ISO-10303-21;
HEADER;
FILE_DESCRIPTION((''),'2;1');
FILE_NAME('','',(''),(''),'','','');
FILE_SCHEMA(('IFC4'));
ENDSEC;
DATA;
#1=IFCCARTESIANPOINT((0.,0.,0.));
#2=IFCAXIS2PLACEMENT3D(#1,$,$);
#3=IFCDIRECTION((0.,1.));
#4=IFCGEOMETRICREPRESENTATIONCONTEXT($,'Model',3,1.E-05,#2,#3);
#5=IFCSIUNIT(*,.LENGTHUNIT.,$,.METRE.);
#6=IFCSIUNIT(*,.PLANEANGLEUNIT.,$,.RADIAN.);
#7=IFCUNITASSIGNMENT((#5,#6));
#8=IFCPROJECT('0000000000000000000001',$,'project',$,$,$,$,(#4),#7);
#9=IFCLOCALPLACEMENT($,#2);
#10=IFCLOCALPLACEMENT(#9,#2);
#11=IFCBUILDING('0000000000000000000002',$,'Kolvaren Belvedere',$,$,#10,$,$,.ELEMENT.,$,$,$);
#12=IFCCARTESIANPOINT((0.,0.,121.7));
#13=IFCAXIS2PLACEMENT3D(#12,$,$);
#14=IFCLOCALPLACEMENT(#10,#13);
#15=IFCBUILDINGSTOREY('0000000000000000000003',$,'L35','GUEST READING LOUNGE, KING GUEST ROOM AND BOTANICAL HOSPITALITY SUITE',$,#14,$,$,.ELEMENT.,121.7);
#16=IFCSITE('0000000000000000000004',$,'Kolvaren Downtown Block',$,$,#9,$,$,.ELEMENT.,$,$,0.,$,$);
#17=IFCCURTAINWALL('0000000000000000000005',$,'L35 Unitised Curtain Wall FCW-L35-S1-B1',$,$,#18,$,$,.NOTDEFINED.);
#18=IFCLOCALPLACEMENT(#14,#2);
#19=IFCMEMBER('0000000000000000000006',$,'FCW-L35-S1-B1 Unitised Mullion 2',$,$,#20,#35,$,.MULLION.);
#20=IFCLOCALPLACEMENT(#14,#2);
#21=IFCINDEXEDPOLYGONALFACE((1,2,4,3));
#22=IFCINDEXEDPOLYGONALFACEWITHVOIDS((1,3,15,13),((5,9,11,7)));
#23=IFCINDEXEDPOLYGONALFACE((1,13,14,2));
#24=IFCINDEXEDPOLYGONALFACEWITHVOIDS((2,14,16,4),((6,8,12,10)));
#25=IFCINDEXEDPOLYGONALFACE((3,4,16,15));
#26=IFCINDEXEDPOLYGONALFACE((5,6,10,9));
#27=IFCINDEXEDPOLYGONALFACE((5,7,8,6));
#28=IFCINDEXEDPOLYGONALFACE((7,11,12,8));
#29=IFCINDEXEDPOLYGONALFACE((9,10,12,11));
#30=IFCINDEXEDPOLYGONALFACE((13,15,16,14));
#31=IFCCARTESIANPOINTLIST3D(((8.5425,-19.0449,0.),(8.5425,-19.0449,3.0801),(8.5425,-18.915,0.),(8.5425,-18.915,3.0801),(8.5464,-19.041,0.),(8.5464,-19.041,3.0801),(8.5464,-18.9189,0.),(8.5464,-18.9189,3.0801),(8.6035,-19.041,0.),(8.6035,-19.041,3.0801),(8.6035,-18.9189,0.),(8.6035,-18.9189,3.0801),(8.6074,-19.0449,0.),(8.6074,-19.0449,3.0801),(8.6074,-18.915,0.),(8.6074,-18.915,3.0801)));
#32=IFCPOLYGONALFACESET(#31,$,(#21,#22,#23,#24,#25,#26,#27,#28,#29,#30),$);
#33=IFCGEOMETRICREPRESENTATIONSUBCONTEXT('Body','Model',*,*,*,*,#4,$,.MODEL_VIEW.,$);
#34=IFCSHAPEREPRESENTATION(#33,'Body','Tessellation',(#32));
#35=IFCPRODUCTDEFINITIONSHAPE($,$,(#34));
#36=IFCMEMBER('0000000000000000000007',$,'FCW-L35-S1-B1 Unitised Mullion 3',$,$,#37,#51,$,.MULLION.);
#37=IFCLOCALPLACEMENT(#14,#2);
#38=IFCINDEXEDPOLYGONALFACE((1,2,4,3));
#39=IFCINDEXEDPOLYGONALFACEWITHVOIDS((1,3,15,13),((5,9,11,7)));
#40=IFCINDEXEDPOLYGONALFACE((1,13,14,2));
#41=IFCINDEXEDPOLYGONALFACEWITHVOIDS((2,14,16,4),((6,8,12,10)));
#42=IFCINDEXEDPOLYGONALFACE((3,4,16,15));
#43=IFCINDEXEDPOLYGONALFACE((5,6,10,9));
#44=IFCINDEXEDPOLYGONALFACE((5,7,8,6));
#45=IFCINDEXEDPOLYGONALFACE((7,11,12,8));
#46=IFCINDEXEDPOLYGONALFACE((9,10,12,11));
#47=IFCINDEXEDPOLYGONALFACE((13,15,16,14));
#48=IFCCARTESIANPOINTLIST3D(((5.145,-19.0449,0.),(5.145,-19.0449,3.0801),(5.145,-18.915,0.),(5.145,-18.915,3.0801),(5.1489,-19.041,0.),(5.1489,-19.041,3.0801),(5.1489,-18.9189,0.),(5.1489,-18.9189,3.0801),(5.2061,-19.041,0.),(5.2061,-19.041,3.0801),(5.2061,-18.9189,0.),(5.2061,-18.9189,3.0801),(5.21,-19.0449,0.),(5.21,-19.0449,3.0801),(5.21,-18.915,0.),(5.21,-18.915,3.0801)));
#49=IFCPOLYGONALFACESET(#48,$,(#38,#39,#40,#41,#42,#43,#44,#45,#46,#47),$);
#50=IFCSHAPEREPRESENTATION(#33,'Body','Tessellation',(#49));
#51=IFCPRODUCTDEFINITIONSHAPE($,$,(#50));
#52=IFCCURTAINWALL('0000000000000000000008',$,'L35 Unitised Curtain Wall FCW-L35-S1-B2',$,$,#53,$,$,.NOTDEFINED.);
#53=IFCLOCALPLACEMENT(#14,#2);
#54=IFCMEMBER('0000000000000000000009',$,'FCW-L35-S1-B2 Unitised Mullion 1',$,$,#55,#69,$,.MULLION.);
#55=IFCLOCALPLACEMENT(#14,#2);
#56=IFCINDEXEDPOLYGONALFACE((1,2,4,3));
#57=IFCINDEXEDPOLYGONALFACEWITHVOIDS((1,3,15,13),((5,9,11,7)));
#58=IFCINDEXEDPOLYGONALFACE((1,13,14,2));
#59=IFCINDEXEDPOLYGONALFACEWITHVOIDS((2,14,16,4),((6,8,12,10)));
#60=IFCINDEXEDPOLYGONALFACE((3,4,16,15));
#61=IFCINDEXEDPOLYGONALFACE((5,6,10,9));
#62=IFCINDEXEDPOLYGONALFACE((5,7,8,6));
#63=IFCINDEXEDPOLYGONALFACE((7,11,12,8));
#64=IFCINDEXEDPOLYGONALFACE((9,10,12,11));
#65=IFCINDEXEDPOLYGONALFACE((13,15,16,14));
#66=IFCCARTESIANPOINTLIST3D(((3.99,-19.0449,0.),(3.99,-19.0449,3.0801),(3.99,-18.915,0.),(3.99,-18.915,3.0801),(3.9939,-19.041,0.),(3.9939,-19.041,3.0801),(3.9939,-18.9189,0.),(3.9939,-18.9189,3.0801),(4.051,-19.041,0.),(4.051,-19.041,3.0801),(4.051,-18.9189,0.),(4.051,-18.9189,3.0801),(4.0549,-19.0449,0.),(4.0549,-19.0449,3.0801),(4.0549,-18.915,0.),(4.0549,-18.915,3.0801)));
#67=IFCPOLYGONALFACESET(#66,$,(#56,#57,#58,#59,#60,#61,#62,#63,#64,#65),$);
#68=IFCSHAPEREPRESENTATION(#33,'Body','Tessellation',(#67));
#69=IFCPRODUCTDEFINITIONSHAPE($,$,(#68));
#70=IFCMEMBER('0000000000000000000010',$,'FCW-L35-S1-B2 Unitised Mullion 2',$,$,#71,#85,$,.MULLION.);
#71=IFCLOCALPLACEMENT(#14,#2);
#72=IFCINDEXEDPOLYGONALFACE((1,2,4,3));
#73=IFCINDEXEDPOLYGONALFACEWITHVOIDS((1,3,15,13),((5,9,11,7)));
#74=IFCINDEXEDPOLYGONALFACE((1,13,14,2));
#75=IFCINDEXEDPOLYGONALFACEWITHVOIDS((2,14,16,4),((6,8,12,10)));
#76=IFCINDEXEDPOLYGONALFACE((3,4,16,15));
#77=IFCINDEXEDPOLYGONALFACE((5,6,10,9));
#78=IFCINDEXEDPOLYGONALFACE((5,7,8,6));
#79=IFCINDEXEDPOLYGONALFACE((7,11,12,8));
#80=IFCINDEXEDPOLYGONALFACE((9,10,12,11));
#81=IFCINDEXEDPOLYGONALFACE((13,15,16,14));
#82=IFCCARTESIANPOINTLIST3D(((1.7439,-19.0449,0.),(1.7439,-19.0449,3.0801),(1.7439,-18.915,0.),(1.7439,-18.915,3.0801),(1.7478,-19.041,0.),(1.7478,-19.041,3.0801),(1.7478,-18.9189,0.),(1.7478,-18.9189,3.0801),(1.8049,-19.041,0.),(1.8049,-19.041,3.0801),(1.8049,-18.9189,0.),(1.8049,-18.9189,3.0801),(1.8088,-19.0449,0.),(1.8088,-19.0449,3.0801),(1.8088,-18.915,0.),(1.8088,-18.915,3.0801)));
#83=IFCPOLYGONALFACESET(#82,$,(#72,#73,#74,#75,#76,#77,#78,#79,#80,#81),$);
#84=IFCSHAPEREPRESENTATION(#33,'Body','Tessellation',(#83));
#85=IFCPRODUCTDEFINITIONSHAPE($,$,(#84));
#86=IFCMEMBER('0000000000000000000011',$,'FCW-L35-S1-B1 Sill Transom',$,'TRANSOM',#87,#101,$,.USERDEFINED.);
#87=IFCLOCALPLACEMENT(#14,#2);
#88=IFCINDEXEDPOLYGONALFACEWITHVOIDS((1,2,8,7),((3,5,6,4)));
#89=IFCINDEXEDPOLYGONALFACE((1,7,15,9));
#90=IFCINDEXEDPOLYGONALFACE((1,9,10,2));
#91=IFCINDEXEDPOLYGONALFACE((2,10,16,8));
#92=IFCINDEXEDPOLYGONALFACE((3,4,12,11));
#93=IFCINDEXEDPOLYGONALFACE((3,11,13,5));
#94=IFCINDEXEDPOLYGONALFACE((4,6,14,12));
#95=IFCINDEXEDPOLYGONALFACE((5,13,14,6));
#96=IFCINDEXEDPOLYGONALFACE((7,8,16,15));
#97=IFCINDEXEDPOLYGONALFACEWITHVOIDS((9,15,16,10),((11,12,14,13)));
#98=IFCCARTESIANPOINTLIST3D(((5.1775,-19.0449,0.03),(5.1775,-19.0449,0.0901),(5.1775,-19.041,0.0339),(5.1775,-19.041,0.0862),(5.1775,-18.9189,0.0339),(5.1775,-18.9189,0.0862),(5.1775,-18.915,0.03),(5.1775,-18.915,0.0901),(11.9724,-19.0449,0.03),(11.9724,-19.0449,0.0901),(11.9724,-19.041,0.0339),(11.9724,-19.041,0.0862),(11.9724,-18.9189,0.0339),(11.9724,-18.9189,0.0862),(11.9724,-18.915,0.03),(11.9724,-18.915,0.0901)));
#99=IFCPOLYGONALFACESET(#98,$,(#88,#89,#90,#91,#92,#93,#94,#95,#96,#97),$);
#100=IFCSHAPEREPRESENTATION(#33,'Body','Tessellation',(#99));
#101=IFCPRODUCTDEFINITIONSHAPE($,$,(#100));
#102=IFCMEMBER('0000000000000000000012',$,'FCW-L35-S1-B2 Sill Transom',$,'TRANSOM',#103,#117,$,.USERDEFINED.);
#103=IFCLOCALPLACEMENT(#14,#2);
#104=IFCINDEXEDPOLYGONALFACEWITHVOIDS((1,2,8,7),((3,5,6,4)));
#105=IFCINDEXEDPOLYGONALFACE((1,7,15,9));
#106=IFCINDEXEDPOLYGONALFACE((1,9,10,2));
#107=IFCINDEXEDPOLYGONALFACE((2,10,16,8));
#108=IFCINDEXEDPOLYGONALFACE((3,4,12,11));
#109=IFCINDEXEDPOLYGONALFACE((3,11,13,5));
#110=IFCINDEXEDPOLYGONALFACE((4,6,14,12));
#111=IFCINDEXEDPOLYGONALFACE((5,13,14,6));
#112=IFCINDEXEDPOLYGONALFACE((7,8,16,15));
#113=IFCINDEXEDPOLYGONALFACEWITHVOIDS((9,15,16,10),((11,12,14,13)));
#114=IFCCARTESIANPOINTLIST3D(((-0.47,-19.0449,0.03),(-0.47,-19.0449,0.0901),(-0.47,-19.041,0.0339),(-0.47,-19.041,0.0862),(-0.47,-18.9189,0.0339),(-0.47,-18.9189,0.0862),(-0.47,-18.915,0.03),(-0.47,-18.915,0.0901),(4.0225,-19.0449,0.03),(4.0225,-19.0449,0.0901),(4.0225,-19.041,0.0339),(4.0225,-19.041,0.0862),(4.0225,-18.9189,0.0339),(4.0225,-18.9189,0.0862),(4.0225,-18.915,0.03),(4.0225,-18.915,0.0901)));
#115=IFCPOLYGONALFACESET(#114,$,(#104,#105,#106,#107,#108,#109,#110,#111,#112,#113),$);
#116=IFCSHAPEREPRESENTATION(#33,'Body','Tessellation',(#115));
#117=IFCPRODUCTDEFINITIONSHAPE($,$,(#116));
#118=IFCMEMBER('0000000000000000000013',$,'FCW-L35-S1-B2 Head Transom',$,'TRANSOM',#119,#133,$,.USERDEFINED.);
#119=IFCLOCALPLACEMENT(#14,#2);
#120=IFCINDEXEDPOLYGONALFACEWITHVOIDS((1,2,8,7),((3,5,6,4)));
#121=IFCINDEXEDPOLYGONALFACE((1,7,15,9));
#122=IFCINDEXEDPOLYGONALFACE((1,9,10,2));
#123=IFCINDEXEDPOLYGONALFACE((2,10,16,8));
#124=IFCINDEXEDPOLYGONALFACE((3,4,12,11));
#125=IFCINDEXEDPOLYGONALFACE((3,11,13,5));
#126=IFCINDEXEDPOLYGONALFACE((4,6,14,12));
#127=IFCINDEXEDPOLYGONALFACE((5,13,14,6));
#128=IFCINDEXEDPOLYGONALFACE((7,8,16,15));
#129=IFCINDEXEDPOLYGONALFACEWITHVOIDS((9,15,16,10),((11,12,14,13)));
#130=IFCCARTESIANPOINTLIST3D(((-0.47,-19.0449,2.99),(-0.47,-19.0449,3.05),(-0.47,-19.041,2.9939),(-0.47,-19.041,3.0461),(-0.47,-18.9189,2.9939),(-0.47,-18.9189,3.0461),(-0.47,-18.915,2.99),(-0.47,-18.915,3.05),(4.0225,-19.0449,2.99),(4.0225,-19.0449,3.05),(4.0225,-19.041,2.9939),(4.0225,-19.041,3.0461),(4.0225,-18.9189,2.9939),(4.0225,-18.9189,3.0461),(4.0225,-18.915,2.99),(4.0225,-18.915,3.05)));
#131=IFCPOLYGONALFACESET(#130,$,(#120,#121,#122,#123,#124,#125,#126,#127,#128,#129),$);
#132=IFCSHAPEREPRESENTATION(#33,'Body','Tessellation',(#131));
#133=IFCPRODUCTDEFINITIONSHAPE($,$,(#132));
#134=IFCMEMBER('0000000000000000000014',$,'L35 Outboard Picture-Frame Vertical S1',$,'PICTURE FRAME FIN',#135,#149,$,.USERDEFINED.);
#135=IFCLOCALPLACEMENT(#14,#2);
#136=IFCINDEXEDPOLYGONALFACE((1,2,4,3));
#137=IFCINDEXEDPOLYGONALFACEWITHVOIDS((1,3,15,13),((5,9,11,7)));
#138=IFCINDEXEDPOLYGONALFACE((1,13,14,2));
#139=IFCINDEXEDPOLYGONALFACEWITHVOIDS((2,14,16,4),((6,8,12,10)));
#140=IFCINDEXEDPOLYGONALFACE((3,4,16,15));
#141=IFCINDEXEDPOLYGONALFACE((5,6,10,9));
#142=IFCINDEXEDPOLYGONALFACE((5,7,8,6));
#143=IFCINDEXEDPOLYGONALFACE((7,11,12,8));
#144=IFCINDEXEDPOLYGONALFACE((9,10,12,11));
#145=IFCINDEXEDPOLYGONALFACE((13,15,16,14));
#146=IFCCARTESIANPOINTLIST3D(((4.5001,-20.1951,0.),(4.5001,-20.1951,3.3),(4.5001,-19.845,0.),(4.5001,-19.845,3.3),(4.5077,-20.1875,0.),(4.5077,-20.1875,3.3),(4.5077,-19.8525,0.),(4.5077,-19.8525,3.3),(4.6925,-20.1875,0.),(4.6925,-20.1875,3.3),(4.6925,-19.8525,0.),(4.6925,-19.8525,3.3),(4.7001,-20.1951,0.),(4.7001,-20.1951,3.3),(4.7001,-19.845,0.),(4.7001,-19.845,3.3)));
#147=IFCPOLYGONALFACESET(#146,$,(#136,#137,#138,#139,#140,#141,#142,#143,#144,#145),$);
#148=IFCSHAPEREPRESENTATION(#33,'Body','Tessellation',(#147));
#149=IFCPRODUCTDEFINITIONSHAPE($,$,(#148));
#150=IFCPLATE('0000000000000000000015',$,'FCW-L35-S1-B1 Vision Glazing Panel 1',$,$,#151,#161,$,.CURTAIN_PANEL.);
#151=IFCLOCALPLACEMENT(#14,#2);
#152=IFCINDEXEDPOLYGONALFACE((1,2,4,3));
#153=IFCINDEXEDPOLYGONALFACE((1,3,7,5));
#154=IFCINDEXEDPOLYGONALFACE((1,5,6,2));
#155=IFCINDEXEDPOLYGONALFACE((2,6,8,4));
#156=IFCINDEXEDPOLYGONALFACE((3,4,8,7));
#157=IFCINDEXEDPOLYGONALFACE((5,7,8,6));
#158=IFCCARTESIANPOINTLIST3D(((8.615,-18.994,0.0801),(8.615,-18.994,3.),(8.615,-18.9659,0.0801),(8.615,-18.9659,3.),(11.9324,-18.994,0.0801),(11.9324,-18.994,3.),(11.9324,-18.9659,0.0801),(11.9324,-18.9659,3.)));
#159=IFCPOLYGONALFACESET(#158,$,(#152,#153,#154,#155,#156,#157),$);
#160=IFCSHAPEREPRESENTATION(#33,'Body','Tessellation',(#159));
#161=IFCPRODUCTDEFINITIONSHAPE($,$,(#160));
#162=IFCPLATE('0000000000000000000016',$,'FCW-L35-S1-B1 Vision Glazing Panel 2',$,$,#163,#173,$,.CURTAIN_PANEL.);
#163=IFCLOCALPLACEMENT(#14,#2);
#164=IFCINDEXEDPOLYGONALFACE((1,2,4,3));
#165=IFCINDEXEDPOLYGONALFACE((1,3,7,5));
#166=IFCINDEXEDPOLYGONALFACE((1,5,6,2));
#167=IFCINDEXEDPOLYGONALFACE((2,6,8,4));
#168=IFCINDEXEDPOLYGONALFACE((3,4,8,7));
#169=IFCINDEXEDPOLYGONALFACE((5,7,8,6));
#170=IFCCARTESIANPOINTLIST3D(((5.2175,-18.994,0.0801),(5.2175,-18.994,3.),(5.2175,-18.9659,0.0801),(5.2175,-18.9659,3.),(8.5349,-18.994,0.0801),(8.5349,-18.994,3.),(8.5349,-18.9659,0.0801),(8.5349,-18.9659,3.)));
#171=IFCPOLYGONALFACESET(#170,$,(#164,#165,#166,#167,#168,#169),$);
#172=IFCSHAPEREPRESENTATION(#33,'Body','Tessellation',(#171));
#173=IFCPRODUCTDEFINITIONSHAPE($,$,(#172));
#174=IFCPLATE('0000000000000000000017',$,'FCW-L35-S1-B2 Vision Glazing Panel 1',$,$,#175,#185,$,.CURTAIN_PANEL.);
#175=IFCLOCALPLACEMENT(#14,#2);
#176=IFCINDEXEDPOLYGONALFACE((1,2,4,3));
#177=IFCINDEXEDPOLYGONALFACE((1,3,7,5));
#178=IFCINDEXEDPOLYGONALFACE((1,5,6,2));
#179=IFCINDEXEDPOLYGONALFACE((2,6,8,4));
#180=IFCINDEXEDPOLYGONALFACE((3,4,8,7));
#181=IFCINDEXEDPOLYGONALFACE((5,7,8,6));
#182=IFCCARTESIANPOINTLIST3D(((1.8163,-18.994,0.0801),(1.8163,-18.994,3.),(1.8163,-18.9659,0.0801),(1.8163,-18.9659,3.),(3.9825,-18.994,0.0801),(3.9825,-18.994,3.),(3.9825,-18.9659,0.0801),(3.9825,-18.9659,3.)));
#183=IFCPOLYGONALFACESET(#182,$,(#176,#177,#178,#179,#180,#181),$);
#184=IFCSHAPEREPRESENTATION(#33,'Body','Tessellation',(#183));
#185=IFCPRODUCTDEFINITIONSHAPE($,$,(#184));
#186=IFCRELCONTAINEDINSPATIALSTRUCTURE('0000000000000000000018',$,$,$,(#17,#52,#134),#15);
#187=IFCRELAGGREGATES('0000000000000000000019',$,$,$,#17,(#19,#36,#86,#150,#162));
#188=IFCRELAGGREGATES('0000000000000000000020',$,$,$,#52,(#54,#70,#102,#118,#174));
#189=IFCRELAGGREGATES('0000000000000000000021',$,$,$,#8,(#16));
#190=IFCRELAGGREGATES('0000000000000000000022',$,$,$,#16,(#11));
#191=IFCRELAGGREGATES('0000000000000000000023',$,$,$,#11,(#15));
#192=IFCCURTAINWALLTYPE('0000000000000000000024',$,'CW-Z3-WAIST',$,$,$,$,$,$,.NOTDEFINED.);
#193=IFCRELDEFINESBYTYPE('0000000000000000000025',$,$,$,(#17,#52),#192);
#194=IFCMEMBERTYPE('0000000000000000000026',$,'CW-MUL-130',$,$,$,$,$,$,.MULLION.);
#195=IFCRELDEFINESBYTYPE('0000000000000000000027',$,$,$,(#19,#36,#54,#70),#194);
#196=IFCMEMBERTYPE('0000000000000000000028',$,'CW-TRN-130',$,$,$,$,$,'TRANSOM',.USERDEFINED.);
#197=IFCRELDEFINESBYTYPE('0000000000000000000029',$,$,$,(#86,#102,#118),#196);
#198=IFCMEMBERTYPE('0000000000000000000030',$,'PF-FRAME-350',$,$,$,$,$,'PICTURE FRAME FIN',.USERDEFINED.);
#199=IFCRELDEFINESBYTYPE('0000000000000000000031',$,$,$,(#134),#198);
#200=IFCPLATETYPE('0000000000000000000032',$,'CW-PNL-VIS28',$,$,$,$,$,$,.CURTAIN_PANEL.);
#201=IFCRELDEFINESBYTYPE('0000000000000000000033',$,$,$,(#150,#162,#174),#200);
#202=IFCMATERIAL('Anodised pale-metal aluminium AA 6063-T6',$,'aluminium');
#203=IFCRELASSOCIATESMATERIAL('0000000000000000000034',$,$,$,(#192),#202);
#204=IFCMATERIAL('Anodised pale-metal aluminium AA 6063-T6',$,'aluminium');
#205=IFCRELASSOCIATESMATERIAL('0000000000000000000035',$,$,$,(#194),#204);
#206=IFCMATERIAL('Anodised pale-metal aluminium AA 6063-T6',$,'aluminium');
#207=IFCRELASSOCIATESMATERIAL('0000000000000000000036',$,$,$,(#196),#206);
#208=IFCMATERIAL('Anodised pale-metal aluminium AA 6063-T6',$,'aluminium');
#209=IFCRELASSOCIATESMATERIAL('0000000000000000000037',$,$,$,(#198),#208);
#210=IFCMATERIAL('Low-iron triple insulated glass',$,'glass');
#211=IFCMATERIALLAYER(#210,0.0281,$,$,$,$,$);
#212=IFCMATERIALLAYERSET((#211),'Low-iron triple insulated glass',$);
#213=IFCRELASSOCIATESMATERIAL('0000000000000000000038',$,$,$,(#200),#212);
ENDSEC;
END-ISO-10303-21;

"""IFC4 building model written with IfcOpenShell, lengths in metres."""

from ifc_helpers import new_model, si_unit, direction, frame, origin, origin_2d, place, context, subcontext, project, spatial, rectangle, hollow_rectangle, extrude, material, layer, layer_set, material_profile, profile_set, type_object, element, aggregate, save


model = new_model("IFC4")

# Units and contexts
model_context = context("Model", 3, precision=1e-05, world=origin(), true_north=direction((0.0, 1.0)))
body_context = subcontext(model_context, "Body", "Model", "MODEL_VIEW")
ifc_project = project(units=[si_unit("LENGTHUNIT", "METRE"), si_unit("PLANEANGLEUNIT", "RADIAN")], contexts=[model_context])

# Site, building, storey
site_placement = place(None, origin())
site = spatial("IfcSite", under=ifc_project, at=site_placement, Name="Kolvaren Downtown Block", CompositionType="ELEMENT", RefElevation=0.0)
building_placement = place(site_placement, origin())
building = spatial("IfcBuilding", under=site, at=building_placement, Name="Kolvaren Belvedere", CompositionType="ELEMENT")
storey_placement = place(building_placement, frame((0.0, 0.0, 121.7)))
storey = spatial("IfcBuildingStorey", under=building, at=storey_placement, Name="L35", Description="GUEST READING LOUNGE, KING GUEST ROOM AND BOTANICAL HOSPITALITY SUITE", CompositionType="ELEMENT", Elevation=121.7)

# Curtain walls, members
ifc_material_1 = material(Name="Anodised pale-metal aluminium AA 6063-T6", Category="aluminium")
curtain_wall_type = type_object("IfcCurtainWallType", Name="CW-Z3-WAIST", PredefinedType="NOTDEFINED", material=ifc_material_1)
curtain_wall_1_placement = place(storey_placement, origin())
curtain_wall_1 = element("IfcCurtainWall", 1, at=curtain_wall_1_placement, inside=storey, type_object=curtain_wall_type, Name="L35 Unitised Curtain Wall FCW-L35-S1-B1", PredefinedType="NOTDEFINED")
ifc_material_2 = material(Name="Anodised pale-metal aluminium AA 6063-T6", Category="aluminium")
ifc_material_profile_1 = material_profile(ifc_material_2, hollow_rectangle(XDim=0.0649, YDim=0.1299, WallThickness=0.0039, at=origin_2d()), Name="ALU-MUL-130X65")
ifc_profile_set_1 = profile_set([ifc_material_profile_1], Name="Anodised pale-metal aluminium AA 6063-T6")
member_type_1 = type_object("IfcMemberType", Name="CW-MUL-130", PredefinedType="MULLION", material=ifc_profile_set_1)
member_1_placement = place(storey_placement, frame((8.575, -18.98, 0.0), z_axis=(0.0, 0.0, 1.0), x_axis=(1.0, 0.0, 0.0)))
member_1 = element("IfcMember", 2, at=member_1_placement, type_object=member_type_1, Name="FCW-L35-S1-B1 Unitised Mullion 2", PredefinedType="MULLION", context=body_context, shape_type="SweptSolid", body=[
    extrude(hollow_rectangle(XDim=0.0649, YDim=0.1299, WallThickness=0.0039, at=origin_2d()), origin(), (0.0, 0.0, 1.0), 3.0801),
])
member_2_placement = place(storey_placement, frame((5.1775, -18.98, 0.0), z_axis=(0.0, 0.0, 1.0), x_axis=(1.0, 0.0, 0.0)))
member_2 = element("IfcMember", 3, at=member_2_placement, type_object=member_type_1, Name="FCW-L35-S1-B1 Unitised Mullion 3", PredefinedType="MULLION", context=body_context, shape_type="SweptSolid", body=[
    extrude(hollow_rectangle(XDim=0.0649, YDim=0.1299, WallThickness=0.0039, at=origin_2d()), origin(), (0.0, 0.0, 1.0), 3.0801),
])
curtain_wall_2_placement = place(storey_placement, origin())
curtain_wall_2 = element("IfcCurtainWall", 4, at=curtain_wall_2_placement, inside=storey, type_object=curtain_wall_type, Name="L35 Unitised Curtain Wall FCW-L35-S1-B2", PredefinedType="NOTDEFINED")
member_3_placement = place(storey_placement, frame((4.0225, -18.98, 0.0), z_axis=(0.0, 0.0, 1.0), x_axis=(1.0, 0.0, 0.0)))
member_3 = element("IfcMember", 5, at=member_3_placement, type_object=member_type_1, Name="FCW-L35-S1-B2 Unitised Mullion 1", PredefinedType="MULLION", context=body_context, shape_type="SweptSolid", body=[
    extrude(hollow_rectangle(XDim=0.0649, YDim=0.1299, WallThickness=0.0039, at=origin_2d()), origin(), (0.0, 0.0, 1.0), 3.0801),
])
member_4_placement = place(storey_placement, frame((1.7764, -18.98, 0.0), z_axis=(0.0, 0.0, 1.0), x_axis=(1.0, 0.0, 0.0)))
member_4 = element("IfcMember", 6, at=member_4_placement, type_object=member_type_1, Name="FCW-L35-S1-B2 Unitised Mullion 2", PredefinedType="MULLION", context=body_context, shape_type="SweptSolid", body=[
    extrude(hollow_rectangle(XDim=0.0649, YDim=0.1299, WallThickness=0.0039, at=origin_2d()), origin(), (0.0, 0.0, 1.0), 3.0801),
])

# Members
ifc_material_3 = material(Name="Anodised pale-metal aluminium AA 6063-T6", Category="aluminium")
ifc_material_profile_2 = material_profile(ifc_material_3, hollow_rectangle(XDim=0.0601, YDim=0.1299, WallThickness=0.0039, at=origin_2d()), Name="ALU-TRN-130X60")
ifc_profile_set_2 = profile_set([ifc_material_profile_2], Name="Anodised pale-metal aluminium AA 6063-T6")
member_type_2 = type_object("IfcMemberType", Name="CW-TRN-130", ElementType="TRANSOM", PredefinedType="USERDEFINED", material=ifc_profile_set_2)
member_5_placement = place(storey_placement, frame((11.9724, -18.98, 0.0601), z_axis=(-1.0, 0.0, 0.0), x_axis=(0.0, 0.0, 1.0)))
member_5 = element("IfcMember", 7, at=member_5_placement, type_object=member_type_2, Name="FCW-L35-S1-B1 Sill Transom", ObjectType="TRANSOM", PredefinedType="USERDEFINED", context=body_context, shape_type="SweptSolid", body=[
    extrude(hollow_rectangle(XDim=0.0601, YDim=0.1299, WallThickness=0.0039, at=origin_2d()), origin(), (0.0, 0.0, 1.0), 6.7949),
])
member_6_placement = place(storey_placement, frame((4.0225, -18.98, 0.0601), z_axis=(-1.0, 0.0, 0.0), x_axis=(0.0, 0.0, 1.0)))
member_6 = element("IfcMember", 8, at=member_6_placement, type_object=member_type_2, Name="FCW-L35-S1-B2 Sill Transom", ObjectType="TRANSOM", PredefinedType="USERDEFINED", context=body_context, shape_type="SweptSolid", body=[
    extrude(hollow_rectangle(XDim=0.0601, YDim=0.1299, WallThickness=0.0039, at=origin_2d()), origin(), (0.0, 0.0, 1.0), 4.4924),
])
member_7_placement = place(storey_placement, frame((4.0225, -18.98, 3.02), z_axis=(-1.0, 0.0, 0.0), x_axis=(0.0, 0.0, 1.0)))
member_7 = element("IfcMember", 9, at=member_7_placement, type_object=member_type_2, Name="FCW-L35-S1-B2 Head Transom", ObjectType="TRANSOM", PredefinedType="USERDEFINED", context=body_context, shape_type="SweptSolid", body=[
    extrude(hollow_rectangle(XDim=0.0601, YDim=0.1299, WallThickness=0.0039, at=origin_2d()), origin(), (0.0, 0.0, 1.0), 4.4924),
])
ifc_material_4 = material(Name="Anodised pale-metal aluminium AA 6063-T6", Category="aluminium")
ifc_material_profile_3 = material_profile(ifc_material_4, hollow_rectangle(XDim=0.2, YDim=0.3501, WallThickness=0.0076, at=origin_2d()), Name="ALU-PF-350X200")
ifc_profile_set_3 = profile_set([ifc_material_profile_3], Name="Anodised pale-metal aluminium AA 6063-T6")
member_type_3 = type_object("IfcMemberType", Name="PF-FRAME-350", ElementType="PICTURE FRAME FIN", PredefinedType="USERDEFINED", material=ifc_profile_set_3)
member_8_placement = place(storey_placement, frame((4.6001, -20.02, 0.0), z_axis=(0.0, 0.0, 1.0), x_axis=(1.0, 0.0, 0.0)))
element("IfcMember", 10, at=member_8_placement, inside=storey, type_object=member_type_3, Name="L35 Outboard Picture-Frame Vertical S1", ObjectType="PICTURE FRAME FIN", PredefinedType="USERDEFINED", context=body_context, shape_type="SweptSolid", body=[
    extrude(hollow_rectangle(XDim=0.2, YDim=0.3501, WallThickness=0.0076, at=origin_2d()), origin(), (0.0, 0.0, 1.0), 3.3),
])

# Plates
ifc_material_5 = material(Name="Low-iron triple insulated glass", Category="glass")
ifc_layer_1 = layer(ifc_material_5, 0.0281)
ifc_layer_set_1 = layer_set([ifc_layer_1], Name="Low-iron triple insulated glass")
plate_type_1 = type_object("IfcPlateType", Name="CW-PNL-VIS28", PredefinedType="CURTAIN_PANEL", material=ifc_layer_set_1)
plate_1_placement = place(storey_placement, frame((10.2737, -18.98, 0.0801), z_axis=(0.0, 0.0, 1.0), x_axis=(-1.0, 0.0, 0.0)))
plate_1 = element("IfcPlate", 11, at=plate_1_placement, type_object=plate_type_1, Name="FCW-L35-S1-B1 Vision Glazing Panel 1", PredefinedType="CURTAIN_PANEL", context=body_context, shape_type="SweptSolid", body=[
    extrude(rectangle(XDim=3.3174, YDim=0.0281, at=origin_2d()), origin(), (0.0, 0.0, 1.0), 2.9199),
])
plate_2_placement = place(storey_placement, frame((6.8762, -18.98, 0.0801), z_axis=(0.0, 0.0, 1.0), x_axis=(-1.0, 0.0, 0.0)))
plate_2 = element("IfcPlate", 12, at=plate_2_placement, type_object=plate_type_1, Name="FCW-L35-S1-B1 Vision Glazing Panel 2", PredefinedType="CURTAIN_PANEL", context=body_context, shape_type="SweptSolid", body=[
    extrude(rectangle(XDim=3.3174, YDim=0.0281, at=origin_2d()), origin(), (0.0, 0.0, 1.0), 2.9199),
])
aggregate(curtain_wall_1, [member_1, member_2, member_5, plate_1, plate_2])
plate_3_placement = place(storey_placement, frame((2.8994, -18.98, 0.0801), z_axis=(0.0, 0.0, 1.0), x_axis=(-1.0, 0.0, 0.0)))
plate_3 = element("IfcPlate", 13, at=plate_3_placement, type_object=plate_type_1, Name="FCW-L35-S1-B2 Vision Glazing Panel 1", PredefinedType="CURTAIN_PANEL", context=body_context, shape_type="SweptSolid", body=[
    extrude(rectangle(XDim=2.1663, YDim=0.0281, at=origin_2d()), origin(), (0.0, 0.0, 1.0), 2.9199),
])
aggregate(curtain_wall_2, [member_3, member_4, member_6, member_7, plate_3])

save(model, "model.ifc")
